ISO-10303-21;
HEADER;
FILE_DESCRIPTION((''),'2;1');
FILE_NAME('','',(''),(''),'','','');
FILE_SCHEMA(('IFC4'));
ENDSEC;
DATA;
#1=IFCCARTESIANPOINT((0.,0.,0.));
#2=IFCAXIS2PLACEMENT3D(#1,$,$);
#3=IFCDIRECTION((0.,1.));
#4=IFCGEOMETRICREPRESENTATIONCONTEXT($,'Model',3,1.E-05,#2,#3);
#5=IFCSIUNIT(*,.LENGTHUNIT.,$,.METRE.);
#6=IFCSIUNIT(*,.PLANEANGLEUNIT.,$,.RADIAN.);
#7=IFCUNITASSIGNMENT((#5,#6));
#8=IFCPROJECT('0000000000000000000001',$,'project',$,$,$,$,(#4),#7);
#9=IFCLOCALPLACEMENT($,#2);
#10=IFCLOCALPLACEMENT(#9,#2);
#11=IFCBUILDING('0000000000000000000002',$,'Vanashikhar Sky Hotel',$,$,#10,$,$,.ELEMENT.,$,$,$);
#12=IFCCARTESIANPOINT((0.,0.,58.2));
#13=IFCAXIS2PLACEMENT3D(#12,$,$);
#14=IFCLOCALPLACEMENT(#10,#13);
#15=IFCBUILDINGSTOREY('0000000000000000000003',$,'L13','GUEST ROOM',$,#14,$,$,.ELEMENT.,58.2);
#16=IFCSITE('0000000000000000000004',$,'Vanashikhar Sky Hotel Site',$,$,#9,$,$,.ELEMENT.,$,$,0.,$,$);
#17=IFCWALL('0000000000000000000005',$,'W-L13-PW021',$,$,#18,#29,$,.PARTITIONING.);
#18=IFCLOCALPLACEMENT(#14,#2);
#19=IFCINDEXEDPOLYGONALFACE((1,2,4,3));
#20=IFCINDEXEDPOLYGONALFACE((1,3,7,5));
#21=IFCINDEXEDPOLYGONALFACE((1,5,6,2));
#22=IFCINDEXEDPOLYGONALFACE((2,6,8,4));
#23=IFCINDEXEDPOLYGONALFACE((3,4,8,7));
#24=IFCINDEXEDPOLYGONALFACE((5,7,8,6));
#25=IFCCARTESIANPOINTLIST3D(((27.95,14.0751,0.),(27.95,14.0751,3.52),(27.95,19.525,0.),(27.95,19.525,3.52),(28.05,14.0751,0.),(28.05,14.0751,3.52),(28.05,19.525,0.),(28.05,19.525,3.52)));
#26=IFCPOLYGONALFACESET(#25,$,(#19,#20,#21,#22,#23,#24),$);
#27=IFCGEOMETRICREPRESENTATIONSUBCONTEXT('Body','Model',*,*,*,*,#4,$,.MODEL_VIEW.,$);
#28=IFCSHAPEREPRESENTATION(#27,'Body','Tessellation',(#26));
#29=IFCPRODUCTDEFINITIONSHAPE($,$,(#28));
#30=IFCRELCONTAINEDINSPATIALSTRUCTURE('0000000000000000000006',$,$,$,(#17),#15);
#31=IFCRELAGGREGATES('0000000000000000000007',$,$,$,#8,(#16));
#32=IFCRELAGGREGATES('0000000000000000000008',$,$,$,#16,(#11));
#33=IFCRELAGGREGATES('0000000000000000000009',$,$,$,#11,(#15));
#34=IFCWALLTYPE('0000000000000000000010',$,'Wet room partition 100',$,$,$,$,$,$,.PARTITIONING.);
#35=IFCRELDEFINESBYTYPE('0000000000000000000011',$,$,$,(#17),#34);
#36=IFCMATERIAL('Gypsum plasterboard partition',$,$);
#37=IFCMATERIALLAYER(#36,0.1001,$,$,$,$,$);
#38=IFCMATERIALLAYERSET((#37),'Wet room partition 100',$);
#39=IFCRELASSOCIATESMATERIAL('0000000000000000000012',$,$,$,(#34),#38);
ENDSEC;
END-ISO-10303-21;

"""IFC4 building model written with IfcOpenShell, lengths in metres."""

from ifc_helpers import new_model, si_unit, direction, frame, frame_2d, origin, place, context, subcontext, project, spatial, rectangle, extrude, source, transform, mapped, material, layer, layer_set, type_object, element, save


model = new_model("IFC4")

# Units and contexts
model_context = context("Model", 3, precision=1e-05, world=origin(), true_north=direction((0.0, 1.0)))
body_context = subcontext(model_context, "Body", "Model", "MODEL_VIEW")
ifc_project = project(units=[si_unit("LENGTHUNIT", "METRE"), si_unit("PLANEANGLEUNIT", "RADIAN")], contexts=[model_context])

# Site, building, storey
site_placement = place(None, origin())
site = spatial("IfcSite", under=ifc_project, at=site_placement, Name="Vanashikhar Sky Hotel Site", CompositionType="ELEMENT", RefElevation=0.0)
building_placement = place(site_placement, origin())
building = spatial("IfcBuilding", under=site, at=building_placement, Name="Vanashikhar Sky Hotel", CompositionType="ELEMENT")
storey_placement = place(building_placement, frame((0.0, 0.0, 58.2)))
storey = spatial("IfcBuildingStorey", under=building, at=storey_placement, Name="L13", Description="GUEST ROOM", CompositionType="ELEMENT", Elevation=58.2)

# Shared definitions
ifc_material_1 = material(Name="Gypsum plasterboard partition")
ifc_layer_1 = layer(ifc_material_1, 0.1001)
ifc_layer_set_1 = layer_set([ifc_layer_1], Name="Wet room partition 100")
wall_type_1 = type_object("IfcWallType", Name="Wet room partition 100", PredefinedType="PARTITIONING", material=ifc_layer_set_1)

# Wall
shared_shape_1 = source(origin(), body_context, "Body", "SweptSolid", [
    extrude(rectangle(XDim=5.45, YDim=0.1001, at=frame_2d((2.7251, 0.0))), origin(), (0.0, 0.0, 1.0), 3.52),
])
for number, where, z_axis, x_axis, name in (
    (1, (28.0, 14.075, 0.0), (0.0, 0.0, 1.0), (0.0, 1.0, 0.0), "W-L13-PW021"),
):
    element("IfcWall", number, at=place(storey_placement, frame(where, z_axis=z_axis, x_axis=x_axis)), inside=storey, type_object=wall_type_1, Name=name, PredefinedType="PARTITIONING", context=body_context, shape_type="MappedRepresentation", body=[
        mapped(shared_shape_1, transform((0.0, 0.0, 0.0), scale=1.0)),
    ])

save(model, "model.ifc")
